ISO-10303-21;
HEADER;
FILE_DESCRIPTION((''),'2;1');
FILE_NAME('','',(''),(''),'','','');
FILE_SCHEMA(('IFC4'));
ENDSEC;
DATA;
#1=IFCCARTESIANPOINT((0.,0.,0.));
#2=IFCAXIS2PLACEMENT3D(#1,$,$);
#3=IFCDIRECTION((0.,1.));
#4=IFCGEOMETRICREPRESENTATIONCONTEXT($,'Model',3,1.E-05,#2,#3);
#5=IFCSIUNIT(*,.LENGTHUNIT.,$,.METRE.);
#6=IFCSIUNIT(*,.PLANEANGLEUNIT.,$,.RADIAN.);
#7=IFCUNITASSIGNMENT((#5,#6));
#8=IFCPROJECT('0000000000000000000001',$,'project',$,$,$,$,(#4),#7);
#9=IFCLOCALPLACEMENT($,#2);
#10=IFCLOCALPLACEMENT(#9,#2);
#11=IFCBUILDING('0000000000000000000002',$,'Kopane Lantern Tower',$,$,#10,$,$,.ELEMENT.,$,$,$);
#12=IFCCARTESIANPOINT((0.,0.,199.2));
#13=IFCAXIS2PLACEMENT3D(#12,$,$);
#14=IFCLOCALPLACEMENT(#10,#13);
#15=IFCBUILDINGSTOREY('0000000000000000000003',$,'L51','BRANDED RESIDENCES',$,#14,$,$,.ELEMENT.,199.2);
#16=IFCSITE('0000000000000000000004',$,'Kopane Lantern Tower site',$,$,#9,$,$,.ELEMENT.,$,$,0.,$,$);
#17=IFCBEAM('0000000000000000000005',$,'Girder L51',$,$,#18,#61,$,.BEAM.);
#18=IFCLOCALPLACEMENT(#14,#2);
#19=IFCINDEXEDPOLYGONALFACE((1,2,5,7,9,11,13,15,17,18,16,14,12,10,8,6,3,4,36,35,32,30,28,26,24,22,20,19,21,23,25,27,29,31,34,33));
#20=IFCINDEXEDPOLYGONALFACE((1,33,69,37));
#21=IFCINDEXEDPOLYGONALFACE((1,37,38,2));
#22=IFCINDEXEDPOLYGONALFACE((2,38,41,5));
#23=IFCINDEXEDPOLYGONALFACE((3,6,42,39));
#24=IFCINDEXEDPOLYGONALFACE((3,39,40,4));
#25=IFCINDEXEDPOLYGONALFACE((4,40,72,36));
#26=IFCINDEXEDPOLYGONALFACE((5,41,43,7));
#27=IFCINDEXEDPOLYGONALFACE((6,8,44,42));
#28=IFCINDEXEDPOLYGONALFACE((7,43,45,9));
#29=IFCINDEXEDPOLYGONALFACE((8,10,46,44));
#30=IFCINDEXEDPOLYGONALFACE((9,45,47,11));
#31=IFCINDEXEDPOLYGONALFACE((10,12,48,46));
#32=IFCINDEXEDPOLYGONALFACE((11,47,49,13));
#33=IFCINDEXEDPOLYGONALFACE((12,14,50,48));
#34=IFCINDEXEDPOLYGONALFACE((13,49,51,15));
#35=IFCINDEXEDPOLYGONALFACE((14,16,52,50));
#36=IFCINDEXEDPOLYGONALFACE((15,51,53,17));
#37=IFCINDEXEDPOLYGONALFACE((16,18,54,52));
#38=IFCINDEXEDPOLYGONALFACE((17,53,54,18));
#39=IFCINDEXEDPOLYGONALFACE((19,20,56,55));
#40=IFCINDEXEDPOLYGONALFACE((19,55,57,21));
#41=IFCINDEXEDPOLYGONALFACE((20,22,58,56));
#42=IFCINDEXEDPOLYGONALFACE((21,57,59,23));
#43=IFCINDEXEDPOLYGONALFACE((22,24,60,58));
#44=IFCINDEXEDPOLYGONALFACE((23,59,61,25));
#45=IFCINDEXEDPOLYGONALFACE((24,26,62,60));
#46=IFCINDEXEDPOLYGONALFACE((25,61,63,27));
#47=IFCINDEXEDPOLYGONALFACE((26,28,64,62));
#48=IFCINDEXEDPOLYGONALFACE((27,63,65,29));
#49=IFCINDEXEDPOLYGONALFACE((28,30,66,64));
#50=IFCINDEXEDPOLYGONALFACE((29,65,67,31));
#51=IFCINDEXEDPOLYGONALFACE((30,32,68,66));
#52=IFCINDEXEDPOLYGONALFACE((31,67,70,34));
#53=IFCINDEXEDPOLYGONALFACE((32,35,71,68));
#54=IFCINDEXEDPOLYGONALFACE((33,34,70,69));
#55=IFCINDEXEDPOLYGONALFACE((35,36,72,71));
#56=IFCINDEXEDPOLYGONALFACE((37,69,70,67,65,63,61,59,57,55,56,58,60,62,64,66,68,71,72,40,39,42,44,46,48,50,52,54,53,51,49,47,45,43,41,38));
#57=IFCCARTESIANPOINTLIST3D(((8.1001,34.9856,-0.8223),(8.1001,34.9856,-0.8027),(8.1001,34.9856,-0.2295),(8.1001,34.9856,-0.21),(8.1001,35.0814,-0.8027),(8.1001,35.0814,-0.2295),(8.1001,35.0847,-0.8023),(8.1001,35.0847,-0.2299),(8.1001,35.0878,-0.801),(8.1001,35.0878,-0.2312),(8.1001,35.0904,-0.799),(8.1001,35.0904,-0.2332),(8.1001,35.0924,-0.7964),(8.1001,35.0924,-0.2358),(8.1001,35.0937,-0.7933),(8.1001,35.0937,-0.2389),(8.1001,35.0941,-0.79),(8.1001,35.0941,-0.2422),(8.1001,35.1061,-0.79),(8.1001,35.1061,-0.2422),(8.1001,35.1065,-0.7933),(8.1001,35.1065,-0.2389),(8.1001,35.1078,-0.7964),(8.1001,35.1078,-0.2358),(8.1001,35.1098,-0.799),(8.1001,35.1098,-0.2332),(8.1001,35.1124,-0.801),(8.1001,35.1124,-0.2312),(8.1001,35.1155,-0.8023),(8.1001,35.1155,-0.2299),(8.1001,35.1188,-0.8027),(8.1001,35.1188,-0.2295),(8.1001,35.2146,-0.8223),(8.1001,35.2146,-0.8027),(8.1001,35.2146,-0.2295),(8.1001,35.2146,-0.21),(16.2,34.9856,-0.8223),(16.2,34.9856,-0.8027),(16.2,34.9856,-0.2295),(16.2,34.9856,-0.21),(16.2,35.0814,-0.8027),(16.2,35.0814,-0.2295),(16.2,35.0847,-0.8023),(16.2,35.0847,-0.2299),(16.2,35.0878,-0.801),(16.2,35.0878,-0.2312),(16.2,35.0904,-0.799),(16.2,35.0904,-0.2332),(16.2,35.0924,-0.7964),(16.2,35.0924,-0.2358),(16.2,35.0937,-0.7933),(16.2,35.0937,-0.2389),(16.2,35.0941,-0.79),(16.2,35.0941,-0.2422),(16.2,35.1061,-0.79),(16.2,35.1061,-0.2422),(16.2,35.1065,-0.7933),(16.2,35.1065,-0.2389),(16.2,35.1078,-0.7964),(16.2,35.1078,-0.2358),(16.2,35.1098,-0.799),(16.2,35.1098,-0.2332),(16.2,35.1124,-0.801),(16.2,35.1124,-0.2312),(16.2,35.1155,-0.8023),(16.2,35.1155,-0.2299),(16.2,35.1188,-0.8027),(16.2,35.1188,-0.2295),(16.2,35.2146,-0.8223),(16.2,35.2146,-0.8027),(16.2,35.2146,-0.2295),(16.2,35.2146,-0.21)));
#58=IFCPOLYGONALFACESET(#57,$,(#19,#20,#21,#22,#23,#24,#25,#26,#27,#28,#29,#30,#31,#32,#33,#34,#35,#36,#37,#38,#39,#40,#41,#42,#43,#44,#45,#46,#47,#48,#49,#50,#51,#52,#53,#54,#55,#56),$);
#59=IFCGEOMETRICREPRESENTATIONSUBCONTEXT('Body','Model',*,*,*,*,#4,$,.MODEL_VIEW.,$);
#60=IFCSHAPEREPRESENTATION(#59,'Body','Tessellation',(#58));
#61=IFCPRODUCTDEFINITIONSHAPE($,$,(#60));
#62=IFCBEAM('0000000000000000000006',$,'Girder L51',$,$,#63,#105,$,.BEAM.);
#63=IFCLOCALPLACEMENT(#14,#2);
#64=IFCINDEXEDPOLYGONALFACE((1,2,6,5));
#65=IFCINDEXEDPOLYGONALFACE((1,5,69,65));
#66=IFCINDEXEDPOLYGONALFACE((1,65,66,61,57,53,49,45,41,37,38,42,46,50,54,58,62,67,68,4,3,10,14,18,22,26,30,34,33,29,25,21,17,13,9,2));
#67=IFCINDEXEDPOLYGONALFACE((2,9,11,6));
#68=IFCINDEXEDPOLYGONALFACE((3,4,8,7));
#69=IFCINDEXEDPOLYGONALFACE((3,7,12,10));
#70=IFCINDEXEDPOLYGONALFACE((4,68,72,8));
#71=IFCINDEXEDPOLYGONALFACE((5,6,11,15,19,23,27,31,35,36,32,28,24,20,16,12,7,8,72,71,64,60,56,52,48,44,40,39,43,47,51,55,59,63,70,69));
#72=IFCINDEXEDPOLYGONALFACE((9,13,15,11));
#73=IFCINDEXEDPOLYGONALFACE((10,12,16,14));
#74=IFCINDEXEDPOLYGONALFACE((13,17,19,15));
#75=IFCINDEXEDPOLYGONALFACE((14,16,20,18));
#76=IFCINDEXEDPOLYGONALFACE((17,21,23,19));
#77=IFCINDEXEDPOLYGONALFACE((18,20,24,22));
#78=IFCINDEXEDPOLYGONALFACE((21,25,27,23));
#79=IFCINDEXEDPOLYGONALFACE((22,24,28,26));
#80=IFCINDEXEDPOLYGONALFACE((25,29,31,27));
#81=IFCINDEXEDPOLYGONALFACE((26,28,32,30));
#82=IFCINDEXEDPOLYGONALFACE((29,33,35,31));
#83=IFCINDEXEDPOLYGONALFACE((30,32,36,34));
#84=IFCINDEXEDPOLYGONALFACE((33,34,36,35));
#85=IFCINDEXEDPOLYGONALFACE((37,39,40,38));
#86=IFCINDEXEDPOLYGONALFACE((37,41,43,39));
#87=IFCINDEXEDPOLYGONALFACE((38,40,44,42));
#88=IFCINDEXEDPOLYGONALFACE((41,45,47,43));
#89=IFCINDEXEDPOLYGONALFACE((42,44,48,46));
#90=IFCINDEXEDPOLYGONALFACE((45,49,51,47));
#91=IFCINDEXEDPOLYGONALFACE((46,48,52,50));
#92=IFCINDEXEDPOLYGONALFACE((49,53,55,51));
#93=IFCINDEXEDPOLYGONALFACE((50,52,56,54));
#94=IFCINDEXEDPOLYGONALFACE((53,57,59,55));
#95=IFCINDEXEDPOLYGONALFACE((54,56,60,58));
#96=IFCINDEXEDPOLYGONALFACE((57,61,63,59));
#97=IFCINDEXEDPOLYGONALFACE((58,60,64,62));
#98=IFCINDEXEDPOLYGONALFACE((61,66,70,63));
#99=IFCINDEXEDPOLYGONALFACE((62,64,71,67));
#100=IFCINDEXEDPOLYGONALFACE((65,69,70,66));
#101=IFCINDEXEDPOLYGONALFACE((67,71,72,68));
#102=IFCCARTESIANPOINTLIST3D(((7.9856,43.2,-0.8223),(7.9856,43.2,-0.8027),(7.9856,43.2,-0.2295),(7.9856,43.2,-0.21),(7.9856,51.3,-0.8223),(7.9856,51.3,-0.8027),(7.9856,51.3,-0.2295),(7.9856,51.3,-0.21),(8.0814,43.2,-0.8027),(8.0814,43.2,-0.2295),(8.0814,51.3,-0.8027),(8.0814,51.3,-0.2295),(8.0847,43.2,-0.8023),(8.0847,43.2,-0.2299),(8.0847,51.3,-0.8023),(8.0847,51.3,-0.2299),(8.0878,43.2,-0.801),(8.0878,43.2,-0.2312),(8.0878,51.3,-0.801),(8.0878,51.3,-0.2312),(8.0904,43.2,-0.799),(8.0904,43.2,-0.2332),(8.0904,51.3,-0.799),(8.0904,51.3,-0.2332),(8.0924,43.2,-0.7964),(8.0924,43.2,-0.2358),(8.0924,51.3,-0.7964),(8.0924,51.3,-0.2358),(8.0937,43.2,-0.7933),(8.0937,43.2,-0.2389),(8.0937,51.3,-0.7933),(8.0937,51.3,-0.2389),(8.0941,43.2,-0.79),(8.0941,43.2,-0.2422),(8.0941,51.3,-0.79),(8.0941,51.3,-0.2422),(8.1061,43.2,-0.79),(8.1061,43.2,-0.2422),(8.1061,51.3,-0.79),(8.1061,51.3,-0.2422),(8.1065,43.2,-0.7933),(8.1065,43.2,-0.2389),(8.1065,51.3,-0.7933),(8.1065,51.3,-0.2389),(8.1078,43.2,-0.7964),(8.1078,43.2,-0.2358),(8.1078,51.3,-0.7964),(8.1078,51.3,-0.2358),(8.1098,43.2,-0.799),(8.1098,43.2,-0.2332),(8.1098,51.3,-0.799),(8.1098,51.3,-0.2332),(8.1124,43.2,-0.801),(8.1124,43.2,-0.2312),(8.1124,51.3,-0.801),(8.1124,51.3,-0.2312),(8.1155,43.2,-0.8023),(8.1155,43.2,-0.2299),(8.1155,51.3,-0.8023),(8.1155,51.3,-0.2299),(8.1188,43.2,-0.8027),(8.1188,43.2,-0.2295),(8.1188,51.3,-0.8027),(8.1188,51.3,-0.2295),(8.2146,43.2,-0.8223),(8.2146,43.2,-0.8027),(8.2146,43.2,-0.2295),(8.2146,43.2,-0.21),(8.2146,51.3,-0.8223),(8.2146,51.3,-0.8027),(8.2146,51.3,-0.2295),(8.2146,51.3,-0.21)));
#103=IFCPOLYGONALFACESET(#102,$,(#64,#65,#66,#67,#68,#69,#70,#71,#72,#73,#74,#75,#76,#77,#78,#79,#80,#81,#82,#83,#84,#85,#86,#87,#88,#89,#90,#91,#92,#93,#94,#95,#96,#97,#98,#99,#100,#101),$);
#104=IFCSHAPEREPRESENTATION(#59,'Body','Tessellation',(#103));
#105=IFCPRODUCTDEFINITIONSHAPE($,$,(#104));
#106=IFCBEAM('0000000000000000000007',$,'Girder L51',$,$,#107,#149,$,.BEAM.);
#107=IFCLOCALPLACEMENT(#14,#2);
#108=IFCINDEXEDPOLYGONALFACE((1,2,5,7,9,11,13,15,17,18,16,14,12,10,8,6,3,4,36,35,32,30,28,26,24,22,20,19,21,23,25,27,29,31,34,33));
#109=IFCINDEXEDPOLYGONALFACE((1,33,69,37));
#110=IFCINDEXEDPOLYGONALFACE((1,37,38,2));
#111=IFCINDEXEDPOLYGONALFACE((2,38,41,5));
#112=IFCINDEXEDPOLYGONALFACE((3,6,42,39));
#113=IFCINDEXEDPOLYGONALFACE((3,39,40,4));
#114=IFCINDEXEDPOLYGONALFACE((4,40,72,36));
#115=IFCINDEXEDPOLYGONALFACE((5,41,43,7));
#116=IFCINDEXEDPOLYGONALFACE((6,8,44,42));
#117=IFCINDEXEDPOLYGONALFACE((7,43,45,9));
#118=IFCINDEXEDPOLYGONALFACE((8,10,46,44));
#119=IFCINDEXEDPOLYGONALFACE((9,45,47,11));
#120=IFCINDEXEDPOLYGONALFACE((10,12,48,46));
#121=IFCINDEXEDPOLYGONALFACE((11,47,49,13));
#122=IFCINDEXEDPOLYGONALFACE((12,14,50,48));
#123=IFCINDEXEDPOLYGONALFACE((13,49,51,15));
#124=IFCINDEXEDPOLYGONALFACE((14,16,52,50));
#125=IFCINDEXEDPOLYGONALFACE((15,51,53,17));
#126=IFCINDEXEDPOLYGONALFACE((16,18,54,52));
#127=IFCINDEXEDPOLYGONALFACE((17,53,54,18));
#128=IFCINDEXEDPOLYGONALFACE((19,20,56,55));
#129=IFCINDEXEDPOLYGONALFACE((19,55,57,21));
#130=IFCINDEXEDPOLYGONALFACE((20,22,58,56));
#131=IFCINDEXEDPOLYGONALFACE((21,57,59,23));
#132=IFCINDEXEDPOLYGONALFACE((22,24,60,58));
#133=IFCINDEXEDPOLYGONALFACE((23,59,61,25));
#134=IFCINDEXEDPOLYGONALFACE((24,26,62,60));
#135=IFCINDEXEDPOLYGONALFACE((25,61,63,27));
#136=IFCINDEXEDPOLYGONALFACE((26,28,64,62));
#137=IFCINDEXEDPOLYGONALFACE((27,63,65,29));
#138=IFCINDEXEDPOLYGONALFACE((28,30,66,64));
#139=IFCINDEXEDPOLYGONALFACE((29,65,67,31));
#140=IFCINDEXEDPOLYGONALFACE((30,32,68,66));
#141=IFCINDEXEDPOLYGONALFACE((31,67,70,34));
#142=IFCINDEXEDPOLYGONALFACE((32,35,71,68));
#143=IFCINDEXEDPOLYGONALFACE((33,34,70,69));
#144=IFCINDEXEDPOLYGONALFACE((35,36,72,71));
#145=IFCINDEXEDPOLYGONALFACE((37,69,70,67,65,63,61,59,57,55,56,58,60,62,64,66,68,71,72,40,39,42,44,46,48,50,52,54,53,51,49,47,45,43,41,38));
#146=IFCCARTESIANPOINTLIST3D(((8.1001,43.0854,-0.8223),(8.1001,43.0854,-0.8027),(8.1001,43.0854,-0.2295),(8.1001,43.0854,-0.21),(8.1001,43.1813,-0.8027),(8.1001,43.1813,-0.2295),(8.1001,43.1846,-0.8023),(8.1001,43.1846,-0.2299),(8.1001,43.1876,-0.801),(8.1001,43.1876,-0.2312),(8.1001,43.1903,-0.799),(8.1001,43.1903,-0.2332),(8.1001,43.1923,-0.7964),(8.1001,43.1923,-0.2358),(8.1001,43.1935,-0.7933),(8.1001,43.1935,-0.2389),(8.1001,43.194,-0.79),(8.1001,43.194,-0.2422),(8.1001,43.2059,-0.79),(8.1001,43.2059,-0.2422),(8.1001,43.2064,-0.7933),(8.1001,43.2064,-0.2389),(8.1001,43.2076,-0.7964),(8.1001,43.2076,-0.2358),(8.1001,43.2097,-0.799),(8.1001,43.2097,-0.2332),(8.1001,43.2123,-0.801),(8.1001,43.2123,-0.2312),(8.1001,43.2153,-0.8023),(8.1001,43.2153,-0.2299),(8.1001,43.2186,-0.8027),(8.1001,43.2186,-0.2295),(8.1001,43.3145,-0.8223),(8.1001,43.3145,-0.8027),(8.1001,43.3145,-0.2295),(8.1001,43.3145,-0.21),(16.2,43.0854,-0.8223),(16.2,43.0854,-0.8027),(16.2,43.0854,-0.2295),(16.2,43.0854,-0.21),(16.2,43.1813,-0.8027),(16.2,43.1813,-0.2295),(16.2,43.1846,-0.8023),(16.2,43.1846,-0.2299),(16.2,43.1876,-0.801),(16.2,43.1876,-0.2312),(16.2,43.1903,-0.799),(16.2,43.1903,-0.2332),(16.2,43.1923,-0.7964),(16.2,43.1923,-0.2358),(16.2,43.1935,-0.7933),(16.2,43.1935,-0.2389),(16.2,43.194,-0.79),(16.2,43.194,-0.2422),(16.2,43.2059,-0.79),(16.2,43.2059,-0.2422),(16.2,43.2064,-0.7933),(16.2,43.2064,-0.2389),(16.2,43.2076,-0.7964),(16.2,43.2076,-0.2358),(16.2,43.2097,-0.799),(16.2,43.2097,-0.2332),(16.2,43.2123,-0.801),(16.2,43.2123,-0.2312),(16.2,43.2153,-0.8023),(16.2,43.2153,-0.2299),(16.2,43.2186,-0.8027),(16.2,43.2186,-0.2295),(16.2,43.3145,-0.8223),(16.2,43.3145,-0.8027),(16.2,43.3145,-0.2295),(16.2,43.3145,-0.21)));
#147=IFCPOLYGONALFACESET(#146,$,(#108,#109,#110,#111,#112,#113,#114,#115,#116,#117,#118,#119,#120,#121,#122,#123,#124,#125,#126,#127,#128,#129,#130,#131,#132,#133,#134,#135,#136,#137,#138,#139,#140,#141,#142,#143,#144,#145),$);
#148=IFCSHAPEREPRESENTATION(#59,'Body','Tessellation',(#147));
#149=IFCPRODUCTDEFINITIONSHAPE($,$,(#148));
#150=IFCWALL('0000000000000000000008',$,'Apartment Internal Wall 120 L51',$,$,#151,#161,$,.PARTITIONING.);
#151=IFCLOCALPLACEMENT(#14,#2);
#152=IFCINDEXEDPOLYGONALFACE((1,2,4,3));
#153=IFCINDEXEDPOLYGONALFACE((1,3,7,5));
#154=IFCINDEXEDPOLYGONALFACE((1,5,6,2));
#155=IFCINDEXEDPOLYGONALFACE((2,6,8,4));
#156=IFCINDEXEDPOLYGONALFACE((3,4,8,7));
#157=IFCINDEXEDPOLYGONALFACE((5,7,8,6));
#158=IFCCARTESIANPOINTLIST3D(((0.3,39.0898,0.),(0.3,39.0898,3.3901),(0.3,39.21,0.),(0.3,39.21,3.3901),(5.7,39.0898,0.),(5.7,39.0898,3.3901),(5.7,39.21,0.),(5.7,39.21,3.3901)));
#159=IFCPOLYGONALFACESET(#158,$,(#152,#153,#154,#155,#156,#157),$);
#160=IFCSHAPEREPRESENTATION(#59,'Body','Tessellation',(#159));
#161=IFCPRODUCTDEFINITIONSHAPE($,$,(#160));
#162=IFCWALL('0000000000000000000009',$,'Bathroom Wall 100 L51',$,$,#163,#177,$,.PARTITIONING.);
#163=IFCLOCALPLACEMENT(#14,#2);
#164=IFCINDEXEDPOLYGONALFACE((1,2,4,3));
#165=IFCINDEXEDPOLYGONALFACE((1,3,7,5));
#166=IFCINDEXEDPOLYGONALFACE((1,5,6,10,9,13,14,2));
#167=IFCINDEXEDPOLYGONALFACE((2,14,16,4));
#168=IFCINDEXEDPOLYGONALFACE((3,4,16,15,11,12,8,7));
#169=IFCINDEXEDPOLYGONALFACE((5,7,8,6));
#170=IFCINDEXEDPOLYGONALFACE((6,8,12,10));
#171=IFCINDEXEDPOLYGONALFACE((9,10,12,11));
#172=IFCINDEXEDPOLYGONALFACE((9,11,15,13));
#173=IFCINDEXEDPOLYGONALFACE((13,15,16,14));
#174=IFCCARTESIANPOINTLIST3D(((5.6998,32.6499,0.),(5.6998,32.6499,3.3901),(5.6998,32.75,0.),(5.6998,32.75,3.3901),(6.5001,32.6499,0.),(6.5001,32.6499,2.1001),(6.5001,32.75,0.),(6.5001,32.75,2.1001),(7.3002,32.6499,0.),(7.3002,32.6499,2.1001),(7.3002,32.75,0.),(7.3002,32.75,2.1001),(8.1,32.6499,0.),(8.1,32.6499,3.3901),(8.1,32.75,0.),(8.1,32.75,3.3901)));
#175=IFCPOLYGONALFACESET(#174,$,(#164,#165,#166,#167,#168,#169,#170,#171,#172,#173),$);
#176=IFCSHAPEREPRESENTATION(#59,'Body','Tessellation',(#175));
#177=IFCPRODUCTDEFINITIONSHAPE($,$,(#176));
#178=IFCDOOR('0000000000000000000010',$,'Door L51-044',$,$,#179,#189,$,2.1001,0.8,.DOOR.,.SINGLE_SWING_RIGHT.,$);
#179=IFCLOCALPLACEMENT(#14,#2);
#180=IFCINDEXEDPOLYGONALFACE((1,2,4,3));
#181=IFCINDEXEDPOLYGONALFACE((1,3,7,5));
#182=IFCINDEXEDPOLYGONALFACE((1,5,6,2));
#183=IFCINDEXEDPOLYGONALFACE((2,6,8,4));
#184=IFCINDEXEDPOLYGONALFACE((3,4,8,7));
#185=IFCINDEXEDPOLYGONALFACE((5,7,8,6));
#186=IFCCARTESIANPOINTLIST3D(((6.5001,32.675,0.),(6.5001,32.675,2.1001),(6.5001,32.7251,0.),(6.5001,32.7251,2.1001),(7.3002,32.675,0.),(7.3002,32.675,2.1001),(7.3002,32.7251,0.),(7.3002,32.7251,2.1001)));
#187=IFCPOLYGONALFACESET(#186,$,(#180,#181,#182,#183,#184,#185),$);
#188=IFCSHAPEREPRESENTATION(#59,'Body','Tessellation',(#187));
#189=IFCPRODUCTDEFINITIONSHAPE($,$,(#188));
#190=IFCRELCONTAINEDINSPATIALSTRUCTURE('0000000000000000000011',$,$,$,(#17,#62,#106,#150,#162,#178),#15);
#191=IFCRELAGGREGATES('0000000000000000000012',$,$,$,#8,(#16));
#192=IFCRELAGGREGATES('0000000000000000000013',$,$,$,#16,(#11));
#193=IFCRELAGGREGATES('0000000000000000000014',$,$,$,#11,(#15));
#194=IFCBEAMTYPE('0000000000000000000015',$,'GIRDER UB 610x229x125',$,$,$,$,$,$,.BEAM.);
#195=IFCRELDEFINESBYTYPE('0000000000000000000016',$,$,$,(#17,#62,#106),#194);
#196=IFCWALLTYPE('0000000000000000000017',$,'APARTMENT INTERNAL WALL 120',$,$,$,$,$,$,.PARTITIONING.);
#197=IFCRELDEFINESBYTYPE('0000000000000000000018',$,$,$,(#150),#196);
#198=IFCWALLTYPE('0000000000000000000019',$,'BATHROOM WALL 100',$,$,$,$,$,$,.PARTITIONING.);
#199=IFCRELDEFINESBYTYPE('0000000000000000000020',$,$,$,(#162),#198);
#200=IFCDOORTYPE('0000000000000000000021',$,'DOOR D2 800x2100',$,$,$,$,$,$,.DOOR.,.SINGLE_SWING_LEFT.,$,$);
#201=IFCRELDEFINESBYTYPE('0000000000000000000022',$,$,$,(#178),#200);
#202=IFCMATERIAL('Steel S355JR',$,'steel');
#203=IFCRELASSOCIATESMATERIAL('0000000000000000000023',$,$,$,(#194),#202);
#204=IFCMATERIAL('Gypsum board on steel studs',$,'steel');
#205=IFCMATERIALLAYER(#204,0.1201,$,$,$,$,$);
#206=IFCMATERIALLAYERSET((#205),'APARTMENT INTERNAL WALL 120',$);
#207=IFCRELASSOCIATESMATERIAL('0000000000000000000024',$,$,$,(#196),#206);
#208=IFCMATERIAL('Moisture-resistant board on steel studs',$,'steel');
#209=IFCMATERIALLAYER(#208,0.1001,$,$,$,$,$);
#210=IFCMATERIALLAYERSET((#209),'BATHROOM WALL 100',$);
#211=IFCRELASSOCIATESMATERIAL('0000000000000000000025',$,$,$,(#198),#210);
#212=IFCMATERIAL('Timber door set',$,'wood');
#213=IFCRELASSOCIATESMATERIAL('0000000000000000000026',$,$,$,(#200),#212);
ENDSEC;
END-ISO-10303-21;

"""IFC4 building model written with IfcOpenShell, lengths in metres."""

from ifc_helpers import new_model, si_unit, direction, frame, frame_2d, origin, origin_2d, place, context, subcontext, project, spatial, rectangle, i_section, extrude, material, layer, layer_set, material_profile, profile_set, type_object, element, fill, save


model = new_model("IFC4")

# Units and contexts
model_context = context("Model", 3, precision=1e-05, world=origin(), true_north=direction((0.0, 1.0)))
body_context = subcontext(model_context, "Body", "Model", "MODEL_VIEW")
ifc_project = project(units=[si_unit("LENGTHUNIT", "METRE"), si_unit("PLANEANGLEUNIT", "RADIAN")], contexts=[model_context])

# Site, building, storey
site_placement = place(None, origin())
site = spatial("IfcSite", under=ifc_project, at=site_placement, Name="Kopane Lantern Tower site", CompositionType="ELEMENT", RefElevation=0.0)
building_placement = place(site_placement, origin())
building = spatial("IfcBuilding", under=site, at=building_placement, Name="Kopane Lantern Tower", CompositionType="ELEMENT")
storey_placement = place(building_placement, frame((0.0, 0.0, 199.2)))
storey = spatial("IfcBuildingStorey", under=building, at=storey_placement, Name="L51", Description="BRANDED RESIDENCES", CompositionType="ELEMENT", Elevation=199.2)

# Beams
ifc_material_1 = material(Name="Steel S355JR", Category="steel")
ifc_material_profile_1 = material_profile(ifc_material_1, i_section(OverallWidth=0.229, OverallDepth=0.6123, WebThickness=0.012, FlangeThickness=0.0195, FilletRadius=0.0127, at=origin_2d()), Name="UB 610x229x125")
ifc_profile_set_1 = profile_set([ifc_material_profile_1], Name="Steel S355JR")
beam_type = type_object("IfcBeamType", Name="GIRDER UB 610x229x125", PredefinedType="BEAM", material=ifc_profile_set_1)
for number, where, z_axis, x_axis, name in (
    (1, (8.1001, 35.1001, -0.5161), (1.0, 0.0, 0.0), (0.0, 1.0, 0.0), "Girder L51"),
):
    element("IfcBeam", number, at=place(storey_placement, frame(where, z_axis=z_axis, x_axis=x_axis)), inside=storey, type_object=beam_type, Name=name, PredefinedType="BEAM", context=body_context, shape_type="SweptSolid", body=[
        extrude(i_section(OverallWidth=0.229, OverallDepth=0.6123, WebThickness=0.012, FlangeThickness=0.0195, FilletRadius=0.0127, at=origin_2d()), origin(), (0.0, 0.0, 1.0), 8.0999),
    ])
beam_1_placement = place(storey_placement, frame((8.1001, 43.2, -0.5161), z_axis=(0.0, 1.0, 0.0), x_axis=(-1.0, 0.0, 0.0)))
element("IfcBeam", 2, at=beam_1_placement, inside=storey, type_object=beam_type, Name="Girder L51", PredefinedType="BEAM", context=body_context, shape_type="SweptSolid", body=[
    extrude(i_section(OverallWidth=0.229, OverallDepth=0.6123, WebThickness=0.012, FlangeThickness=0.0195, FilletRadius=0.0127, at=origin_2d()), origin(), (0.0, 0.0, 1.0), 8.1001),
])
beam_2_placement = place(storey_placement, frame((8.1001, 43.2, -0.5161), z_axis=(1.0, 0.0, 0.0), x_axis=(0.0, 1.0, 0.0)))
element("IfcBeam", 3, at=beam_2_placement, inside=storey, type_object=beam_type, Name="Girder L51", PredefinedType="BEAM", context=body_context, shape_type="SweptSolid", body=[
    extrude(i_section(OverallWidth=0.229, OverallDepth=0.6123, WebThickness=0.012, FlangeThickness=0.0195, FilletRadius=0.0127, at=origin_2d()), origin(), (0.0, 0.0, 1.0), 8.0999),
])

# Wall
ifc_material_2 = material(Name="Gypsum board on steel studs", Category="steel")
ifc_layer_1 = layer(ifc_material_2, 0.1201)
ifc_layer_set_1 = layer_set([ifc_layer_1], Name="APARTMENT INTERNAL WALL 120")
wall_type_1 = type_object("IfcWallType", Name="APARTMENT INTERNAL WALL 120", PredefinedType="PARTITIONING", material=ifc_layer_set_1)
wall_1_placement = place(storey_placement, frame((5.7, 39.1499, 0.0), z_axis=(0.0, 0.0, 1.0), x_axis=(-1.0, 0.0, 0.0)))
element("IfcWall", 4, at=wall_1_placement, inside=storey, type_object=wall_type_1, Name="Apartment Internal Wall 120 L51", PredefinedType="PARTITIONING", context=body_context, shape_type="SweptSolid", body=[
    extrude(rectangle(XDim=5.3999, YDim=0.1201, at=frame_2d((2.7, 0.0))), origin(), (0.0, 0.0, 1.0), 3.3901),
])

# Wall, opening, door
ifc_material_3 = material(Name="Moisture-resistant board on steel studs", Category="steel")
ifc_layer_2 = layer(ifc_material_3, 0.1001)
ifc_layer_set_2 = layer_set([ifc_layer_2], Name="BATHROOM WALL 100")
wall_type_2 = type_object("IfcWallType", Name="BATHROOM WALL 100", PredefinedType="PARTITIONING", material=ifc_layer_set_2)
wall_2_placement = place(storey_placement, frame((8.1001, 32.7, 0.0), z_axis=(0.0, 0.0, 1.0), x_axis=(-1.0, 0.0, 0.0)))
wall_2 = element("IfcWall", 5, at=wall_2_placement, inside=storey, type_object=wall_type_2, Name="Bathroom Wall 100 L51", PredefinedType="PARTITIONING", context=body_context, shape_type="SweptSolid", body=[
    extrude(rectangle(XDim=2.4001, YDim=0.1001, at=frame_2d((1.2002, 0.0))), origin(), (0.0, 0.0, 1.0), 3.3901),
])
opening_1_placement = place(wall_2_placement, frame((0.8, 0.0, 0.0)))
opening_1 = element("IfcOpeningElement", 6, at=opening_1_placement, cuts=wall_2, PredefinedType="OPENING", context=body_context, shape_type="SweptSolid", body=[
    extrude(rectangle(XDim=0.8, YDim=2.1001, at=frame_2d((0.3999, 1.05))), frame((0.0, 0.0601, 0.0), z_axis=(0.0, -1.0, 0.0), x_axis=(1.0, 0.0, 0.0)), (0.0, 0.0, 1.0), 0.1201),
])
ifc_material_4 = material(Name="Timber door set", Category="wood")
door_type_1 = type_object("IfcDoorType", Name="DOOR D2 800x2100", OperationType="SINGLE_SWING_LEFT", PredefinedType="DOOR", material=ifc_material_4)
door_1_placement = place(opening_1_placement, origin())
door_1 = element("IfcDoor", 7, at=door_1_placement, inside=storey, type_object=door_type_1, Name="Door L51-044", OperationType="SINGLE_SWING_RIGHT", OverallHeight=2.1001, OverallWidth=0.8, PredefinedType="DOOR", context=body_context, shape_type="SweptSolid", body=[
    extrude(rectangle(XDim=0.8, YDim=2.1001, at=frame_2d((0.3999, 1.05))), frame((0.0, 0.0249, 0.0), z_axis=(0.0, -1.0, 0.0), x_axis=(1.0, 0.0, 0.0)), (0.0, 0.0, 1.0), 0.05),
])
fill(opening_1, door_1)

save(model, "model.ifc")
